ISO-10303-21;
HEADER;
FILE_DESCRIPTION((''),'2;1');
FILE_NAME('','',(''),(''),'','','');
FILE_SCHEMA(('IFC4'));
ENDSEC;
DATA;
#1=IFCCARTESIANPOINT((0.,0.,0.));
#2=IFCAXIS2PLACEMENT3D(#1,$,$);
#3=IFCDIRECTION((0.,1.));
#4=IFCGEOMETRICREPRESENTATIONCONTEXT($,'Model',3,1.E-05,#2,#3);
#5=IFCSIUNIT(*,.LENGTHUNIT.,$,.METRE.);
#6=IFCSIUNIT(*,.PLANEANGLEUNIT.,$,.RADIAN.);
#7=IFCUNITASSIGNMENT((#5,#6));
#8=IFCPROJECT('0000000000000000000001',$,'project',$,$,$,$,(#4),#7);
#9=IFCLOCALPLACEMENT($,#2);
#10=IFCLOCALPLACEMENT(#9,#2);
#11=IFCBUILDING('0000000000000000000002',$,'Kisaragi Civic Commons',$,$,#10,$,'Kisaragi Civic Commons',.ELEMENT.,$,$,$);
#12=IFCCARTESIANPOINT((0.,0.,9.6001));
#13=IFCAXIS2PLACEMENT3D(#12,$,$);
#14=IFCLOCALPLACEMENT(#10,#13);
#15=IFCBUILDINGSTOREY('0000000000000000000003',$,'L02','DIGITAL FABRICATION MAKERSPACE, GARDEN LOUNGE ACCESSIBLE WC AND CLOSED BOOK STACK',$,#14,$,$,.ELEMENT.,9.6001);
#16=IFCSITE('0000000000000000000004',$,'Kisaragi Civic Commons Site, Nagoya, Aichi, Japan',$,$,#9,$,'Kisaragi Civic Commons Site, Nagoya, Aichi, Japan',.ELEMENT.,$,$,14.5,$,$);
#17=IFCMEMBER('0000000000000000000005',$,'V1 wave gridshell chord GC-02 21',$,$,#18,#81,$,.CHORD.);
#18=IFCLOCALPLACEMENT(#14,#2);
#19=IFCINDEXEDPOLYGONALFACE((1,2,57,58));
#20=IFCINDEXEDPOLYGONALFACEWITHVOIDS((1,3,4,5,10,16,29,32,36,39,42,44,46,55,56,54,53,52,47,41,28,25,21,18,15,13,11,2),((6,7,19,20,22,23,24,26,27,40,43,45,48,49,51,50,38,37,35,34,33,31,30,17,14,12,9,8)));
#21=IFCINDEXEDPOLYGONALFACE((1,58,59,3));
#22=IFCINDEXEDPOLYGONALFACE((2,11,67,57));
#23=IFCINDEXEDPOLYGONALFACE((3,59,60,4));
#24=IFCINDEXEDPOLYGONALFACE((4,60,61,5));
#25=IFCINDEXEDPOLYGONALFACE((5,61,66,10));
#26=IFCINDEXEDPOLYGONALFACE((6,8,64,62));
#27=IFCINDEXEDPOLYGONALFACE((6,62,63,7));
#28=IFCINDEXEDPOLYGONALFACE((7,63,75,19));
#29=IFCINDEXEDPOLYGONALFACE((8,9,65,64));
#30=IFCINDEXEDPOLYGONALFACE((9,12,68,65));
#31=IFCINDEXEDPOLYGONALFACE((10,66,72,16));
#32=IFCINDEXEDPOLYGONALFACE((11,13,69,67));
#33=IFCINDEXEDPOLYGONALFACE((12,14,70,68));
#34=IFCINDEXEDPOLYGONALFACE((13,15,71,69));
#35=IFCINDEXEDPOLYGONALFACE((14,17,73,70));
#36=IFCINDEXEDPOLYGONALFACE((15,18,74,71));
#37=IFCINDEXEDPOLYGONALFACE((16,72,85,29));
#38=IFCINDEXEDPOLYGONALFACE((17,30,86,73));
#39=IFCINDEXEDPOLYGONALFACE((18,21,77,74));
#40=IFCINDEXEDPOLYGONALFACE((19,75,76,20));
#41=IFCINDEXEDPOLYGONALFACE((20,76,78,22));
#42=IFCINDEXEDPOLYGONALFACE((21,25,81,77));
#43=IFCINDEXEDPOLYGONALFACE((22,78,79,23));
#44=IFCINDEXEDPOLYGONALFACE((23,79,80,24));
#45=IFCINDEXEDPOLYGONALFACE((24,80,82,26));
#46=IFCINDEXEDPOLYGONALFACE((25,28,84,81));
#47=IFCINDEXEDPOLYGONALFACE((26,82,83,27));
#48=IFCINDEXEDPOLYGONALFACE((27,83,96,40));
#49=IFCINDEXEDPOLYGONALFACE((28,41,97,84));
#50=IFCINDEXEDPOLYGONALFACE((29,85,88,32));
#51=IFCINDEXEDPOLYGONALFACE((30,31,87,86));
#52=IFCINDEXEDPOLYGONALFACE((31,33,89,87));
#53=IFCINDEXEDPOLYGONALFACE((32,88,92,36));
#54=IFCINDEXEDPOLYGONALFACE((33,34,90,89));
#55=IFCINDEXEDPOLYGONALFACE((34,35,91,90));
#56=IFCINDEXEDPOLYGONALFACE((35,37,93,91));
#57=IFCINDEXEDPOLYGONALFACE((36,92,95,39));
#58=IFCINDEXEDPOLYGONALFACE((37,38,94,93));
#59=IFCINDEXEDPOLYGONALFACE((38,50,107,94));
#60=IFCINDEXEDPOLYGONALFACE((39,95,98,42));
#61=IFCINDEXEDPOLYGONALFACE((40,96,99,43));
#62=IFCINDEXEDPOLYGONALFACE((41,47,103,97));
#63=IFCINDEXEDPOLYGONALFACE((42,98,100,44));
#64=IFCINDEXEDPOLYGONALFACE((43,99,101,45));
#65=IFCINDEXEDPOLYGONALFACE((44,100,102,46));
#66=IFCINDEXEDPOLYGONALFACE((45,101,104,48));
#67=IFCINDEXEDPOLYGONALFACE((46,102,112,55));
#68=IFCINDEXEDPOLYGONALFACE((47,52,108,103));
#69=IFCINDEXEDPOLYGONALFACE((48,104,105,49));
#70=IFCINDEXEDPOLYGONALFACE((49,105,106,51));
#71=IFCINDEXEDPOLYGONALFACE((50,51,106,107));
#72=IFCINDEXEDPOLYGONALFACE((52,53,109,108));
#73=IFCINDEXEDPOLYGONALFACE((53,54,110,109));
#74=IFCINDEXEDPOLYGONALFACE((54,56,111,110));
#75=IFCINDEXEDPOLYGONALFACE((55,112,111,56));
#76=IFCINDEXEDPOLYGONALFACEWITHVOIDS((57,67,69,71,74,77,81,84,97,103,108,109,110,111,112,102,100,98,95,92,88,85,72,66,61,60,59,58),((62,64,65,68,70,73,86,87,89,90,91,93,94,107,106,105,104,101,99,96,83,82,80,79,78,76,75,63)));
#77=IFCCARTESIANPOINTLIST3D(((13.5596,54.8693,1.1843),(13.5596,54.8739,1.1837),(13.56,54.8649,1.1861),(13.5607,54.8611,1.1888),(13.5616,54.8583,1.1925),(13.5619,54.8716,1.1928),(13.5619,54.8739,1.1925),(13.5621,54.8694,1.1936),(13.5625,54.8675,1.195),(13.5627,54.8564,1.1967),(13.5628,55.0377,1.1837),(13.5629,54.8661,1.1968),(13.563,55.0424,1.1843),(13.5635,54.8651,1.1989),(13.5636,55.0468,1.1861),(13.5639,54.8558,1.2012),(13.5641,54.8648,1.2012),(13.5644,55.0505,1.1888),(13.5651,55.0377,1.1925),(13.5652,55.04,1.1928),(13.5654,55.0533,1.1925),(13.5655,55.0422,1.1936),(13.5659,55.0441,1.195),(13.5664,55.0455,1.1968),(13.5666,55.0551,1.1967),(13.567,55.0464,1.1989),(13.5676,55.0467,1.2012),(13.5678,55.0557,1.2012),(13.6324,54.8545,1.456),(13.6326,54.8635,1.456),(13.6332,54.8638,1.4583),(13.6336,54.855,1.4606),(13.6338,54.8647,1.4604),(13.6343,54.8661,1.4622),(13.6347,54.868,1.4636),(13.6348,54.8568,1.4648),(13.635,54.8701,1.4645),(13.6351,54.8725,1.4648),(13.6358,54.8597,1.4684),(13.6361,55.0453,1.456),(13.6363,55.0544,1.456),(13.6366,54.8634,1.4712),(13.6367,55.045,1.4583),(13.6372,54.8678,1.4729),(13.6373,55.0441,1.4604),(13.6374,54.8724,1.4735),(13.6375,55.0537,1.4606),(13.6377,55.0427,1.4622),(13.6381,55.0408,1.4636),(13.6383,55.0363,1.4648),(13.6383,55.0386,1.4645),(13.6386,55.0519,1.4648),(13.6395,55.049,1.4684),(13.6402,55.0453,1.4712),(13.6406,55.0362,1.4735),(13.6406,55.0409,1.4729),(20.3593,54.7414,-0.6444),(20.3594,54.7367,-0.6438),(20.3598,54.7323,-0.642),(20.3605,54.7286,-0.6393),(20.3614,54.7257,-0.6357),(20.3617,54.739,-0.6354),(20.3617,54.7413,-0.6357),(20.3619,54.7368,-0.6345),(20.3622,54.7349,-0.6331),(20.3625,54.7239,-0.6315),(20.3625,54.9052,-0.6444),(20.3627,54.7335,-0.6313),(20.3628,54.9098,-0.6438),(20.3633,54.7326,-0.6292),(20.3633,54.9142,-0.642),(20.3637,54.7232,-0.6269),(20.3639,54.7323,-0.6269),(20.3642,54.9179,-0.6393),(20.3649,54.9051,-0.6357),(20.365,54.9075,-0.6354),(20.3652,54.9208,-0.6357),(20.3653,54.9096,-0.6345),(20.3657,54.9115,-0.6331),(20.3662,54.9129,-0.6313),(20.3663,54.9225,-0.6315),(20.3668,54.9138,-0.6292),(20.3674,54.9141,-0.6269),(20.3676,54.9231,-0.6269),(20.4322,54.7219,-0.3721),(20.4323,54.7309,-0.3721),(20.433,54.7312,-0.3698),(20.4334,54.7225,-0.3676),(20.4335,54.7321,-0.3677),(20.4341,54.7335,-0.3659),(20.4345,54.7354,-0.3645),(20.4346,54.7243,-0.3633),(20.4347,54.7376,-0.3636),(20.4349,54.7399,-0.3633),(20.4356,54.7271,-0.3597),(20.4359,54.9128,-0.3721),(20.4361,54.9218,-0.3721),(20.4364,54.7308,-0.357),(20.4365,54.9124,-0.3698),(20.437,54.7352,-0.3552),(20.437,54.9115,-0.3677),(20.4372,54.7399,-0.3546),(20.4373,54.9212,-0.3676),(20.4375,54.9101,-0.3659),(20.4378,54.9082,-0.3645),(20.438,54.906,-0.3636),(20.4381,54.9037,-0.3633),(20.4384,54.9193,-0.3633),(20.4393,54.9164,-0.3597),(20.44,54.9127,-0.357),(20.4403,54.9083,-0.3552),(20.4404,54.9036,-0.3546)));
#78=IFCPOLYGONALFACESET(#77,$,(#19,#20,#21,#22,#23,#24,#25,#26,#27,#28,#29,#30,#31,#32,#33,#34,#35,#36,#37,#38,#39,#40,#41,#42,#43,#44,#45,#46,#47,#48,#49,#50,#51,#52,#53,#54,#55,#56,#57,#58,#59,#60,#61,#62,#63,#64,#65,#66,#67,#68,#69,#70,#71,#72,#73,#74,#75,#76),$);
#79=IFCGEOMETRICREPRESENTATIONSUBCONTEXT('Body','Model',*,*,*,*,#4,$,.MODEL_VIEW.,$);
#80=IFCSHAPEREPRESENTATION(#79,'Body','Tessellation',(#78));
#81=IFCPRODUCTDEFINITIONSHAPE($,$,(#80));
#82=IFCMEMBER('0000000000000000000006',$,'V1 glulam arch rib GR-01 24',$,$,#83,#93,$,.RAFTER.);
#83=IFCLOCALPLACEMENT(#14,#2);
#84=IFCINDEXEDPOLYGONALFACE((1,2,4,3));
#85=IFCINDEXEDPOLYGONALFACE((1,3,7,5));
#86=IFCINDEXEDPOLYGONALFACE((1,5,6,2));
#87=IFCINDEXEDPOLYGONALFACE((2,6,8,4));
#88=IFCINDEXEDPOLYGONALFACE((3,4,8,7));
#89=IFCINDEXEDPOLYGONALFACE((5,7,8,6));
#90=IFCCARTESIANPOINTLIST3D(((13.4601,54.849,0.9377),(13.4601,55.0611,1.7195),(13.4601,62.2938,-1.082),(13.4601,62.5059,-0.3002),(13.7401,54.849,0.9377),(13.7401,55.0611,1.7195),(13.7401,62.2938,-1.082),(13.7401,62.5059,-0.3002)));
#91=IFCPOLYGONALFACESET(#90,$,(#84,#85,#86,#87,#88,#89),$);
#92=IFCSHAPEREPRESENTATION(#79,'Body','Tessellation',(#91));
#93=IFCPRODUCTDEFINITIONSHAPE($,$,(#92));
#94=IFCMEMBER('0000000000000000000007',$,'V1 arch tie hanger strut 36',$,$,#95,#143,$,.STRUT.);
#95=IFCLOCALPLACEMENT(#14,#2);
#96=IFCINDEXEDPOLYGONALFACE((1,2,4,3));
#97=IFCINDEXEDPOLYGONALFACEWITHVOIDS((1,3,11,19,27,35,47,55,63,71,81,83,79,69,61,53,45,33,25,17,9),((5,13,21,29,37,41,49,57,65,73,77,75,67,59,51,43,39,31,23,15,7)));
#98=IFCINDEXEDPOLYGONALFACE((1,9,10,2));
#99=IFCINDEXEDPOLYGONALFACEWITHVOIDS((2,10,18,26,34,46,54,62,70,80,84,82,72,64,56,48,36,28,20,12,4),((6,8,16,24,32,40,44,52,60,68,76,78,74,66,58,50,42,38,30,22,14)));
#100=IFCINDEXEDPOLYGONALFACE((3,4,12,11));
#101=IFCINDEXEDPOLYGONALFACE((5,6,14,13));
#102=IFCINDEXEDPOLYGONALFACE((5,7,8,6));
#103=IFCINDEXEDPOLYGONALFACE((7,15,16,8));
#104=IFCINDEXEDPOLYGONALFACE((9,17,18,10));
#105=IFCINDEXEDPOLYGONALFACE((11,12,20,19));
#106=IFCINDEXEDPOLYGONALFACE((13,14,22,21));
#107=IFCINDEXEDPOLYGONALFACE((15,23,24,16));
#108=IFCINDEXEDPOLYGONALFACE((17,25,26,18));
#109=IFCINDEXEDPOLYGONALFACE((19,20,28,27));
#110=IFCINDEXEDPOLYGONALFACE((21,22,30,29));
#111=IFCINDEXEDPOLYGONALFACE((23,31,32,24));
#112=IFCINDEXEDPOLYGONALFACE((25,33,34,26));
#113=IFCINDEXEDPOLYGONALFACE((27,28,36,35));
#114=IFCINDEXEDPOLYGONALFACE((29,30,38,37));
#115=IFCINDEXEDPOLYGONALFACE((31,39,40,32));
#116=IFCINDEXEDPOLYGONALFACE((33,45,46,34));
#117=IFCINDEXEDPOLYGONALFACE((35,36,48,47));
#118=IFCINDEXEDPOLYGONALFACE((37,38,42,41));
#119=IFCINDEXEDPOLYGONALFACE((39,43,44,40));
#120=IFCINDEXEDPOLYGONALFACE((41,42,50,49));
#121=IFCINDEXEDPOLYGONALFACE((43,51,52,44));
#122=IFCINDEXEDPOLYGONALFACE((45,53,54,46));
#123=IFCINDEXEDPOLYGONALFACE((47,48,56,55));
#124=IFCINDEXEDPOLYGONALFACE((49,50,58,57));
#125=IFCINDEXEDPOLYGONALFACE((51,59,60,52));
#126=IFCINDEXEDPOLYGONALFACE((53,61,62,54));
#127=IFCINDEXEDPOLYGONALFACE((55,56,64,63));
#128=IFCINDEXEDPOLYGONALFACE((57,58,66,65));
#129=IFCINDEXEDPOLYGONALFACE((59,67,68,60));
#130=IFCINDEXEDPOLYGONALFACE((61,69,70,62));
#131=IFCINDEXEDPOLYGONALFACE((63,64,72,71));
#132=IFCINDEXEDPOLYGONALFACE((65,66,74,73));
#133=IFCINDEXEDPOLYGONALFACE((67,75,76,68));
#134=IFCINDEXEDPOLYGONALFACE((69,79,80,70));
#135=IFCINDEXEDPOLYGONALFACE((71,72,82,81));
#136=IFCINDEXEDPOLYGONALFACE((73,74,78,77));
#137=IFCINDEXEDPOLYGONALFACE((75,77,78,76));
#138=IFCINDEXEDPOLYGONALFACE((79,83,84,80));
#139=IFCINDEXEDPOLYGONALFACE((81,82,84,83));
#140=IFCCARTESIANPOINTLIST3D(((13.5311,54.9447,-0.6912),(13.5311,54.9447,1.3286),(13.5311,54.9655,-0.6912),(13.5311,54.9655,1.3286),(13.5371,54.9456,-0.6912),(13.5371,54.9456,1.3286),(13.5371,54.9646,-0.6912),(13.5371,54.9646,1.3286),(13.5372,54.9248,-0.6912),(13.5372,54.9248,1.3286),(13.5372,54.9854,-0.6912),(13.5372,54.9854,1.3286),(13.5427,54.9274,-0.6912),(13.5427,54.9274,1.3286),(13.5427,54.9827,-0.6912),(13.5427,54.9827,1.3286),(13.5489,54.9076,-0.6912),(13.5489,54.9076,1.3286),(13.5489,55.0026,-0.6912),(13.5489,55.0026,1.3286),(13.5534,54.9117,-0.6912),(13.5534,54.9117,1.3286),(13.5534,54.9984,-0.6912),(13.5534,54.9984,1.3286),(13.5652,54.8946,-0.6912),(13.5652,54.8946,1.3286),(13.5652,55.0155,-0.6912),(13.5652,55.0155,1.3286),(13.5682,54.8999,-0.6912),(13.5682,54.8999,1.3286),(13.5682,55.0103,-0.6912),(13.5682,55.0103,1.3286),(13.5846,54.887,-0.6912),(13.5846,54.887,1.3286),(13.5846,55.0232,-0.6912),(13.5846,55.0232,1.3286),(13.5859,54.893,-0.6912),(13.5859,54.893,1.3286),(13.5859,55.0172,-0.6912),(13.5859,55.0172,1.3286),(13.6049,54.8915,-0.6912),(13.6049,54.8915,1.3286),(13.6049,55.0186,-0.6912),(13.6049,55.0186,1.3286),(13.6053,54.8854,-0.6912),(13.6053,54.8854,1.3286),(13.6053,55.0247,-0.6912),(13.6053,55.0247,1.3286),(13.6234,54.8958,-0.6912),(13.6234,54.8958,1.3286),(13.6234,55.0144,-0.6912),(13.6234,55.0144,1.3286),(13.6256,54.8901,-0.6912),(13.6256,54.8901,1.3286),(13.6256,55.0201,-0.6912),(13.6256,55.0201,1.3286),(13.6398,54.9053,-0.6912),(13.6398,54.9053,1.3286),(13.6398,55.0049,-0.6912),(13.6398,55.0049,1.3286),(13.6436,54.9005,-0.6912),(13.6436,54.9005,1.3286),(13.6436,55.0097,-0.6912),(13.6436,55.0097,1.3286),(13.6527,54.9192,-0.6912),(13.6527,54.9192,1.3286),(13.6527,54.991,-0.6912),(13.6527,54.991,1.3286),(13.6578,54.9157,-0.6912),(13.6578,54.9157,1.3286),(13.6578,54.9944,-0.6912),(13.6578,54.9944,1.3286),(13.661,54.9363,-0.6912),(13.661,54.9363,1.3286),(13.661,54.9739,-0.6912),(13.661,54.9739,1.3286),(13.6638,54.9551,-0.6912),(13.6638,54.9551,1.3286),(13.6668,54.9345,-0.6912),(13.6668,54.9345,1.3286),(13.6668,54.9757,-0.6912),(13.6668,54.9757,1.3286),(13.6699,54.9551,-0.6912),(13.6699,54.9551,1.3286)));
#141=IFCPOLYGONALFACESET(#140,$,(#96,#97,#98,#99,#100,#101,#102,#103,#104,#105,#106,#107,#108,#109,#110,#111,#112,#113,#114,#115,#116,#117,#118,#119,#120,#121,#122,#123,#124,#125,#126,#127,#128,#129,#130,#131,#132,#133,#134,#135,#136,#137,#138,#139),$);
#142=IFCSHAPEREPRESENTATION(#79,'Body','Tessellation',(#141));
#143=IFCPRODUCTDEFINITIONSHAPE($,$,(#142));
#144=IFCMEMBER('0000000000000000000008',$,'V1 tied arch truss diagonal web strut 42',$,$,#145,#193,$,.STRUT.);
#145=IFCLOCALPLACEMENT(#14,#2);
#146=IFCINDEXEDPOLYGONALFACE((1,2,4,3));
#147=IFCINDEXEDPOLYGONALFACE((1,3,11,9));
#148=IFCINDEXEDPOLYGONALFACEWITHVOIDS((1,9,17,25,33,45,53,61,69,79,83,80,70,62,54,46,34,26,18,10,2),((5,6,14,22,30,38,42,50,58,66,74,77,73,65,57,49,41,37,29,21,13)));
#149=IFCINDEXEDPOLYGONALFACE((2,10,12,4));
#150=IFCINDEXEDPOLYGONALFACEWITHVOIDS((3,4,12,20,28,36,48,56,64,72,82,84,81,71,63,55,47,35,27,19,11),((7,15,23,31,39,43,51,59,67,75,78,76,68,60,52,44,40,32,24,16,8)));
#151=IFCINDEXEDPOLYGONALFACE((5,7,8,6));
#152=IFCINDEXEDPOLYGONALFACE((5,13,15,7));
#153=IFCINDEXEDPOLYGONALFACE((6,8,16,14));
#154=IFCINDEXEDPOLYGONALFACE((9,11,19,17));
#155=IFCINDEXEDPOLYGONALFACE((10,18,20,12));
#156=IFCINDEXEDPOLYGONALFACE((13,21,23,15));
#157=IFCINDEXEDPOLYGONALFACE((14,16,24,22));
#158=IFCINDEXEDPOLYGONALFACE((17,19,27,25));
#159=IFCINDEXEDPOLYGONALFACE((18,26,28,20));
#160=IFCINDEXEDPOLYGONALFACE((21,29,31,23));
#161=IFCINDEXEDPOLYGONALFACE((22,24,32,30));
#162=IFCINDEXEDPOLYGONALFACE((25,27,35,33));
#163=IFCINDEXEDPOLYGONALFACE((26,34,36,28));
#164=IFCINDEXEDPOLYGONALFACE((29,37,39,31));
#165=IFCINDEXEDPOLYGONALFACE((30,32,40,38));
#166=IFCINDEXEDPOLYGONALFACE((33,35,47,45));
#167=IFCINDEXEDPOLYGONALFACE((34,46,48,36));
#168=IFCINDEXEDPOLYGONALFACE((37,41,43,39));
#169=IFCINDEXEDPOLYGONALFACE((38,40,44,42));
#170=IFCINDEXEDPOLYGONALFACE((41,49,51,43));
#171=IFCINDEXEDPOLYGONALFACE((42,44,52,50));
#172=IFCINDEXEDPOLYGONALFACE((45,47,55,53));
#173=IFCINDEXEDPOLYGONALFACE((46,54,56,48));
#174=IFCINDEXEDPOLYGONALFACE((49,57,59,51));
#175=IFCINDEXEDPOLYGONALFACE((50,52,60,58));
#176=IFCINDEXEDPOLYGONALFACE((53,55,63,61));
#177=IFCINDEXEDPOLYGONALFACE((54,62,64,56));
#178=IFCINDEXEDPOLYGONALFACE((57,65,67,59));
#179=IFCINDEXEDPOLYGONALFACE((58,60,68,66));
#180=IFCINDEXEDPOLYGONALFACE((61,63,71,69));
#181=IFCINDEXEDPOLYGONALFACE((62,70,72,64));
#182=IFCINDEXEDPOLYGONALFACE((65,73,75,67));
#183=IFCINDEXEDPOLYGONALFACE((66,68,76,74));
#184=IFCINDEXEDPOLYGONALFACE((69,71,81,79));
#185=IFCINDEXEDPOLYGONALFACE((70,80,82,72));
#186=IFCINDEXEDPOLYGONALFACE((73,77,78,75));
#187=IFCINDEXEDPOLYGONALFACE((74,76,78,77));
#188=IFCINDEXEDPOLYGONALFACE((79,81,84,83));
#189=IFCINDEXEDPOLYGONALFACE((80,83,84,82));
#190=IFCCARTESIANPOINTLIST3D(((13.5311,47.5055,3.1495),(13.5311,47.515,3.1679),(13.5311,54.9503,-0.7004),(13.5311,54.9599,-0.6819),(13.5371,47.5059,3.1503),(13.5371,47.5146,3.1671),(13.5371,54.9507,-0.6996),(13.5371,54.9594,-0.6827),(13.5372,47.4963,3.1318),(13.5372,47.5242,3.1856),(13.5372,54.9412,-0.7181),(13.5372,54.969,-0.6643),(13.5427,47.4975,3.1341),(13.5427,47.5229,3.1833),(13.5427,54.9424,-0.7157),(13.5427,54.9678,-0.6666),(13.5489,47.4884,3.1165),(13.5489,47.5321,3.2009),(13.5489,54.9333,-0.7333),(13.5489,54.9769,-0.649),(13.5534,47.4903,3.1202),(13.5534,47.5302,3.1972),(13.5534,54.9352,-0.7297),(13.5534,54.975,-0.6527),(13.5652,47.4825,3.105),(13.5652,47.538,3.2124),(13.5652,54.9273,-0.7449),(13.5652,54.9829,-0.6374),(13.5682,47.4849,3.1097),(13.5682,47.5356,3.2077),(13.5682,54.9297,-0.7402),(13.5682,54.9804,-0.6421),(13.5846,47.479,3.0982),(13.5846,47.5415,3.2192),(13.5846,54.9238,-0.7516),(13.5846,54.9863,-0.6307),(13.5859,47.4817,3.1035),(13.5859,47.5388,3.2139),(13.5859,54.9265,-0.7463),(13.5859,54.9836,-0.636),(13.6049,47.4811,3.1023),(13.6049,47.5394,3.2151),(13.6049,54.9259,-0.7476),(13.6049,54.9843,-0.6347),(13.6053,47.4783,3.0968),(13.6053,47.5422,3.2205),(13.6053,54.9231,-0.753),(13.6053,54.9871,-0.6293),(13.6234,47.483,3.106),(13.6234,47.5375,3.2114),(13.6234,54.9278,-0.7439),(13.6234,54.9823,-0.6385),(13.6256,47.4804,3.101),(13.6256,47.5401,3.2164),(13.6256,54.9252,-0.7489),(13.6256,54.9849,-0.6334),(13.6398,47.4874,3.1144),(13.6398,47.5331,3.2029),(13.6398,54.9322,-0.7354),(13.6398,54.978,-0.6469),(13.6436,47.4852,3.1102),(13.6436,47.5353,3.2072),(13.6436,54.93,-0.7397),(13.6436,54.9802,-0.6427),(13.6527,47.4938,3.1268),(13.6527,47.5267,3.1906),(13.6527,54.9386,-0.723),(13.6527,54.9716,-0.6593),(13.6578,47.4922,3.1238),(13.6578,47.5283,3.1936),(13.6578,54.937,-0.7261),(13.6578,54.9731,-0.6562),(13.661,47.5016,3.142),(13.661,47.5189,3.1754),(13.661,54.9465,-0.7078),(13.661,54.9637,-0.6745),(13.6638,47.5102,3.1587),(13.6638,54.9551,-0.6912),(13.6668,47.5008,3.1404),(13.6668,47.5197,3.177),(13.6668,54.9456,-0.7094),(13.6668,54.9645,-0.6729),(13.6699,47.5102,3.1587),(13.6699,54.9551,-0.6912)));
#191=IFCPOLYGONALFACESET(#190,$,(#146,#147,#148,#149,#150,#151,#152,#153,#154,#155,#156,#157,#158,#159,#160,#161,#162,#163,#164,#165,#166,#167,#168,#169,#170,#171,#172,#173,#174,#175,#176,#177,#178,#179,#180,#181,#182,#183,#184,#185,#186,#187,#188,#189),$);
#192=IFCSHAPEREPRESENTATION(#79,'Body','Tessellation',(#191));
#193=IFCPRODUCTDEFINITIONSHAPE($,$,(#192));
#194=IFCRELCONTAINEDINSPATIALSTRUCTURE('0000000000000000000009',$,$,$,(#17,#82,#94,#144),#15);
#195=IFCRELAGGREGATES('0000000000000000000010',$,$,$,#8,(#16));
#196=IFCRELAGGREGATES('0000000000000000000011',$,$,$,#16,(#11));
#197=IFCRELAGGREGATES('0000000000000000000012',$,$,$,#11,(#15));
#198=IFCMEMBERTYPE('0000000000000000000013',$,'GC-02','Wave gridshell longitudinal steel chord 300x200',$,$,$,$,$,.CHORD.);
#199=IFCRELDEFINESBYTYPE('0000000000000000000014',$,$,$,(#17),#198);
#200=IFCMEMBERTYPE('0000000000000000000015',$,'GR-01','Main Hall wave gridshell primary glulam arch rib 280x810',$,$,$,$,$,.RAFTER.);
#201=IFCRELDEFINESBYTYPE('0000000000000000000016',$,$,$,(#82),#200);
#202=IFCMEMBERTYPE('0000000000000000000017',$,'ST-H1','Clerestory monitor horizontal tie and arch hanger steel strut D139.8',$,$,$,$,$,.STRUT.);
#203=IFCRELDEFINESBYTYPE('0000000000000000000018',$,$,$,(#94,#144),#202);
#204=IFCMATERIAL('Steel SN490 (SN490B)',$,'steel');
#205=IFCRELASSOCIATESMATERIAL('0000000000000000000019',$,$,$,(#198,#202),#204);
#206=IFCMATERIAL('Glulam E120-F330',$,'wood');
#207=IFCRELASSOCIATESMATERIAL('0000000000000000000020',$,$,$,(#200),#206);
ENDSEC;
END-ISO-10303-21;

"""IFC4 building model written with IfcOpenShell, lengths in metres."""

from ifc_helpers import new_model, si_unit, direction, frame, origin, origin_2d, place, context, subcontext, project, spatial, rectangle, hollow_rectangle, hollow_circle, extrude, material, material_profile, profile_set, type_object, element, save


model = new_model("IFC4")

# Units and contexts
model_context = context("Model", 3, precision=1e-05, world=origin(), true_north=direction((0.0, 1.0)))
body_context = subcontext(model_context, "Body", "Model", "MODEL_VIEW")
ifc_project = project(units=[si_unit("LENGTHUNIT", "METRE"), si_unit("PLANEANGLEUNIT", "RADIAN")], contexts=[model_context])

# Site, building, storey
site_placement = place(None, origin())
site = spatial("IfcSite", under=ifc_project, at=site_placement, Name="Kisaragi Civic Commons Site, Nagoya, Aichi, Japan", LongName="Kisaragi Civic Commons Site, Nagoya, Aichi, Japan", CompositionType="ELEMENT", RefElevation=14.5)
building_placement = place(site_placement, origin())
building = spatial("IfcBuilding", under=site, at=building_placement, Name="Kisaragi Civic Commons", LongName="Kisaragi Civic Commons", CompositionType="ELEMENT")
storey_placement = place(building_placement, frame((0.0, 0.0, 9.6001)))
storey = spatial("IfcBuildingStorey", under=building, at=storey_placement, Name="L02", Description="DIGITAL FABRICATION MAKERSPACE, GARDEN LOUNGE ACCESSIBLE WC AND CLOSED BOOK STACK", CompositionType="ELEMENT", Elevation=9.6001)

# Members
ifc_material_1 = material(Name="Steel SN490 (SN490B)", Category="steel")
ifc_material_profile_1 = material_profile(ifc_material_1, hollow_rectangle(XDim=0.2, YDim=0.3, WallThickness=0.009, InnerFilletRadius=0.009, OuterFilletRadius=0.0181, at=origin_2d()), Name="STKR-300x200x9", Category="steel")
ifc_profile_set_1 = profile_set([ifc_material_profile_1], Name="Steel SN490 (SN490B)")
member_type_1 = type_object("IfcMemberType", Name="GC-02", Description="Wave gridshell longitudinal steel chord 300x200", PredefinedType="CHORD", material=ifc_profile_set_1)
member_1_placement = place(storey_placement, frame((13.6001, 54.9551, 1.3286), z_axis=(0.965537, -0.018824, -0.259584), x_axis=(0.019492, 0.99981, 0.0)))
element("IfcMember", 1, at=member_1_placement, inside=storey, type_object=member_type_1, Name="V1 wave gridshell chord GC-02 21", PredefinedType="CHORD", context=body_context, shape_type="SweptSolid", body=[
    extrude(hollow_rectangle(XDim=0.2, YDim=0.3, WallThickness=0.009, InnerFilletRadius=0.009, OuterFilletRadius=0.0181, at=origin_2d()), origin(), (0.0, 0.0, 1.0), 7.0425),
])
ifc_material_2 = material(Name="Glulam E120-F330", Category="wood")
ifc_material_profile_2 = material_profile(ifc_material_2, rectangle(XDim=0.28, YDim=0.8101, at=origin_2d()), Name="GL-280x810", Category="wood")
ifc_profile_set_2 = profile_set([ifc_material_profile_2], Name="Glulam E120-F330")
member_type_2 = type_object("IfcMemberType", Name="GR-01", Description="Main Hall wave gridshell primary glulam arch rib 280x810", PredefinedType="RAFTER", material=ifc_profile_set_2)
member_2_placement = place(storey_placement, frame((13.6001, 54.9551, 1.3286), z_axis=(0.0, 0.965113, -0.261834), x_axis=(-1.0, 0.0, 0.0)))
element("IfcMember", 2, at=member_2_placement, inside=storey, type_object=member_type_2, Name="V1 glulam arch rib GR-01 24", PredefinedType="RAFTER", context=body_context, shape_type="SweptSolid", body=[
    extrude(rectangle(XDim=0.28, YDim=0.8101, at=origin_2d()), origin(), (0.0, 0.0, 1.0), 7.7139),
])
ifc_material_profile_3 = material_profile(ifc_material_1, hollow_circle(Radius=0.0698, WallThickness=0.0061, at=origin_2d()), Name="CHS-139.8x6.0", Category="steel")
ifc_profile_set_3 = profile_set([ifc_material_profile_3], Name="Steel SN490 (SN490B)")
member_type_3 = type_object("IfcMemberType", Name="ST-H1", Description="Clerestory monitor horizontal tie and arch hanger steel strut D139.8", PredefinedType="STRUT", material=ifc_profile_set_3)
member_3_placement = place(storey_placement, frame((13.6001, 54.9551, -0.6912), z_axis=(0.0, 0.0, 1.0), x_axis=(1.0, 0.0, 0.0)))
element("IfcMember", 3, at=member_3_placement, inside=storey, type_object=member_type_3, Name="V1 arch tie hanger strut 36", PredefinedType="STRUT", context=body_context, shape_type="SweptSolid", body=[
    extrude(hollow_circle(Radius=0.0698, WallThickness=0.0061, at=origin_2d()), origin(), (0.0, 0.0, 1.0), 2.0198),
])
member_4_placement = place(storey_placement, frame((13.6001, 54.9551, -0.6912), z_axis=(0.0, -0.888262, 0.459337), x_axis=(1.0, 0.0, 0.0)))
element("IfcMember", 4, at=member_4_placement, inside=storey, type_object=member_type_3, Name="V1 tied arch truss diagonal web strut 42", PredefinedType="STRUT", context=body_context, shape_type="SweptSolid", body=[
    extrude(hollow_circle(Radius=0.0698, WallThickness=0.0061, at=origin_2d()), origin(), (0.0, 0.0, 1.0), 8.3813),
])

save(model, "model.ifc")
